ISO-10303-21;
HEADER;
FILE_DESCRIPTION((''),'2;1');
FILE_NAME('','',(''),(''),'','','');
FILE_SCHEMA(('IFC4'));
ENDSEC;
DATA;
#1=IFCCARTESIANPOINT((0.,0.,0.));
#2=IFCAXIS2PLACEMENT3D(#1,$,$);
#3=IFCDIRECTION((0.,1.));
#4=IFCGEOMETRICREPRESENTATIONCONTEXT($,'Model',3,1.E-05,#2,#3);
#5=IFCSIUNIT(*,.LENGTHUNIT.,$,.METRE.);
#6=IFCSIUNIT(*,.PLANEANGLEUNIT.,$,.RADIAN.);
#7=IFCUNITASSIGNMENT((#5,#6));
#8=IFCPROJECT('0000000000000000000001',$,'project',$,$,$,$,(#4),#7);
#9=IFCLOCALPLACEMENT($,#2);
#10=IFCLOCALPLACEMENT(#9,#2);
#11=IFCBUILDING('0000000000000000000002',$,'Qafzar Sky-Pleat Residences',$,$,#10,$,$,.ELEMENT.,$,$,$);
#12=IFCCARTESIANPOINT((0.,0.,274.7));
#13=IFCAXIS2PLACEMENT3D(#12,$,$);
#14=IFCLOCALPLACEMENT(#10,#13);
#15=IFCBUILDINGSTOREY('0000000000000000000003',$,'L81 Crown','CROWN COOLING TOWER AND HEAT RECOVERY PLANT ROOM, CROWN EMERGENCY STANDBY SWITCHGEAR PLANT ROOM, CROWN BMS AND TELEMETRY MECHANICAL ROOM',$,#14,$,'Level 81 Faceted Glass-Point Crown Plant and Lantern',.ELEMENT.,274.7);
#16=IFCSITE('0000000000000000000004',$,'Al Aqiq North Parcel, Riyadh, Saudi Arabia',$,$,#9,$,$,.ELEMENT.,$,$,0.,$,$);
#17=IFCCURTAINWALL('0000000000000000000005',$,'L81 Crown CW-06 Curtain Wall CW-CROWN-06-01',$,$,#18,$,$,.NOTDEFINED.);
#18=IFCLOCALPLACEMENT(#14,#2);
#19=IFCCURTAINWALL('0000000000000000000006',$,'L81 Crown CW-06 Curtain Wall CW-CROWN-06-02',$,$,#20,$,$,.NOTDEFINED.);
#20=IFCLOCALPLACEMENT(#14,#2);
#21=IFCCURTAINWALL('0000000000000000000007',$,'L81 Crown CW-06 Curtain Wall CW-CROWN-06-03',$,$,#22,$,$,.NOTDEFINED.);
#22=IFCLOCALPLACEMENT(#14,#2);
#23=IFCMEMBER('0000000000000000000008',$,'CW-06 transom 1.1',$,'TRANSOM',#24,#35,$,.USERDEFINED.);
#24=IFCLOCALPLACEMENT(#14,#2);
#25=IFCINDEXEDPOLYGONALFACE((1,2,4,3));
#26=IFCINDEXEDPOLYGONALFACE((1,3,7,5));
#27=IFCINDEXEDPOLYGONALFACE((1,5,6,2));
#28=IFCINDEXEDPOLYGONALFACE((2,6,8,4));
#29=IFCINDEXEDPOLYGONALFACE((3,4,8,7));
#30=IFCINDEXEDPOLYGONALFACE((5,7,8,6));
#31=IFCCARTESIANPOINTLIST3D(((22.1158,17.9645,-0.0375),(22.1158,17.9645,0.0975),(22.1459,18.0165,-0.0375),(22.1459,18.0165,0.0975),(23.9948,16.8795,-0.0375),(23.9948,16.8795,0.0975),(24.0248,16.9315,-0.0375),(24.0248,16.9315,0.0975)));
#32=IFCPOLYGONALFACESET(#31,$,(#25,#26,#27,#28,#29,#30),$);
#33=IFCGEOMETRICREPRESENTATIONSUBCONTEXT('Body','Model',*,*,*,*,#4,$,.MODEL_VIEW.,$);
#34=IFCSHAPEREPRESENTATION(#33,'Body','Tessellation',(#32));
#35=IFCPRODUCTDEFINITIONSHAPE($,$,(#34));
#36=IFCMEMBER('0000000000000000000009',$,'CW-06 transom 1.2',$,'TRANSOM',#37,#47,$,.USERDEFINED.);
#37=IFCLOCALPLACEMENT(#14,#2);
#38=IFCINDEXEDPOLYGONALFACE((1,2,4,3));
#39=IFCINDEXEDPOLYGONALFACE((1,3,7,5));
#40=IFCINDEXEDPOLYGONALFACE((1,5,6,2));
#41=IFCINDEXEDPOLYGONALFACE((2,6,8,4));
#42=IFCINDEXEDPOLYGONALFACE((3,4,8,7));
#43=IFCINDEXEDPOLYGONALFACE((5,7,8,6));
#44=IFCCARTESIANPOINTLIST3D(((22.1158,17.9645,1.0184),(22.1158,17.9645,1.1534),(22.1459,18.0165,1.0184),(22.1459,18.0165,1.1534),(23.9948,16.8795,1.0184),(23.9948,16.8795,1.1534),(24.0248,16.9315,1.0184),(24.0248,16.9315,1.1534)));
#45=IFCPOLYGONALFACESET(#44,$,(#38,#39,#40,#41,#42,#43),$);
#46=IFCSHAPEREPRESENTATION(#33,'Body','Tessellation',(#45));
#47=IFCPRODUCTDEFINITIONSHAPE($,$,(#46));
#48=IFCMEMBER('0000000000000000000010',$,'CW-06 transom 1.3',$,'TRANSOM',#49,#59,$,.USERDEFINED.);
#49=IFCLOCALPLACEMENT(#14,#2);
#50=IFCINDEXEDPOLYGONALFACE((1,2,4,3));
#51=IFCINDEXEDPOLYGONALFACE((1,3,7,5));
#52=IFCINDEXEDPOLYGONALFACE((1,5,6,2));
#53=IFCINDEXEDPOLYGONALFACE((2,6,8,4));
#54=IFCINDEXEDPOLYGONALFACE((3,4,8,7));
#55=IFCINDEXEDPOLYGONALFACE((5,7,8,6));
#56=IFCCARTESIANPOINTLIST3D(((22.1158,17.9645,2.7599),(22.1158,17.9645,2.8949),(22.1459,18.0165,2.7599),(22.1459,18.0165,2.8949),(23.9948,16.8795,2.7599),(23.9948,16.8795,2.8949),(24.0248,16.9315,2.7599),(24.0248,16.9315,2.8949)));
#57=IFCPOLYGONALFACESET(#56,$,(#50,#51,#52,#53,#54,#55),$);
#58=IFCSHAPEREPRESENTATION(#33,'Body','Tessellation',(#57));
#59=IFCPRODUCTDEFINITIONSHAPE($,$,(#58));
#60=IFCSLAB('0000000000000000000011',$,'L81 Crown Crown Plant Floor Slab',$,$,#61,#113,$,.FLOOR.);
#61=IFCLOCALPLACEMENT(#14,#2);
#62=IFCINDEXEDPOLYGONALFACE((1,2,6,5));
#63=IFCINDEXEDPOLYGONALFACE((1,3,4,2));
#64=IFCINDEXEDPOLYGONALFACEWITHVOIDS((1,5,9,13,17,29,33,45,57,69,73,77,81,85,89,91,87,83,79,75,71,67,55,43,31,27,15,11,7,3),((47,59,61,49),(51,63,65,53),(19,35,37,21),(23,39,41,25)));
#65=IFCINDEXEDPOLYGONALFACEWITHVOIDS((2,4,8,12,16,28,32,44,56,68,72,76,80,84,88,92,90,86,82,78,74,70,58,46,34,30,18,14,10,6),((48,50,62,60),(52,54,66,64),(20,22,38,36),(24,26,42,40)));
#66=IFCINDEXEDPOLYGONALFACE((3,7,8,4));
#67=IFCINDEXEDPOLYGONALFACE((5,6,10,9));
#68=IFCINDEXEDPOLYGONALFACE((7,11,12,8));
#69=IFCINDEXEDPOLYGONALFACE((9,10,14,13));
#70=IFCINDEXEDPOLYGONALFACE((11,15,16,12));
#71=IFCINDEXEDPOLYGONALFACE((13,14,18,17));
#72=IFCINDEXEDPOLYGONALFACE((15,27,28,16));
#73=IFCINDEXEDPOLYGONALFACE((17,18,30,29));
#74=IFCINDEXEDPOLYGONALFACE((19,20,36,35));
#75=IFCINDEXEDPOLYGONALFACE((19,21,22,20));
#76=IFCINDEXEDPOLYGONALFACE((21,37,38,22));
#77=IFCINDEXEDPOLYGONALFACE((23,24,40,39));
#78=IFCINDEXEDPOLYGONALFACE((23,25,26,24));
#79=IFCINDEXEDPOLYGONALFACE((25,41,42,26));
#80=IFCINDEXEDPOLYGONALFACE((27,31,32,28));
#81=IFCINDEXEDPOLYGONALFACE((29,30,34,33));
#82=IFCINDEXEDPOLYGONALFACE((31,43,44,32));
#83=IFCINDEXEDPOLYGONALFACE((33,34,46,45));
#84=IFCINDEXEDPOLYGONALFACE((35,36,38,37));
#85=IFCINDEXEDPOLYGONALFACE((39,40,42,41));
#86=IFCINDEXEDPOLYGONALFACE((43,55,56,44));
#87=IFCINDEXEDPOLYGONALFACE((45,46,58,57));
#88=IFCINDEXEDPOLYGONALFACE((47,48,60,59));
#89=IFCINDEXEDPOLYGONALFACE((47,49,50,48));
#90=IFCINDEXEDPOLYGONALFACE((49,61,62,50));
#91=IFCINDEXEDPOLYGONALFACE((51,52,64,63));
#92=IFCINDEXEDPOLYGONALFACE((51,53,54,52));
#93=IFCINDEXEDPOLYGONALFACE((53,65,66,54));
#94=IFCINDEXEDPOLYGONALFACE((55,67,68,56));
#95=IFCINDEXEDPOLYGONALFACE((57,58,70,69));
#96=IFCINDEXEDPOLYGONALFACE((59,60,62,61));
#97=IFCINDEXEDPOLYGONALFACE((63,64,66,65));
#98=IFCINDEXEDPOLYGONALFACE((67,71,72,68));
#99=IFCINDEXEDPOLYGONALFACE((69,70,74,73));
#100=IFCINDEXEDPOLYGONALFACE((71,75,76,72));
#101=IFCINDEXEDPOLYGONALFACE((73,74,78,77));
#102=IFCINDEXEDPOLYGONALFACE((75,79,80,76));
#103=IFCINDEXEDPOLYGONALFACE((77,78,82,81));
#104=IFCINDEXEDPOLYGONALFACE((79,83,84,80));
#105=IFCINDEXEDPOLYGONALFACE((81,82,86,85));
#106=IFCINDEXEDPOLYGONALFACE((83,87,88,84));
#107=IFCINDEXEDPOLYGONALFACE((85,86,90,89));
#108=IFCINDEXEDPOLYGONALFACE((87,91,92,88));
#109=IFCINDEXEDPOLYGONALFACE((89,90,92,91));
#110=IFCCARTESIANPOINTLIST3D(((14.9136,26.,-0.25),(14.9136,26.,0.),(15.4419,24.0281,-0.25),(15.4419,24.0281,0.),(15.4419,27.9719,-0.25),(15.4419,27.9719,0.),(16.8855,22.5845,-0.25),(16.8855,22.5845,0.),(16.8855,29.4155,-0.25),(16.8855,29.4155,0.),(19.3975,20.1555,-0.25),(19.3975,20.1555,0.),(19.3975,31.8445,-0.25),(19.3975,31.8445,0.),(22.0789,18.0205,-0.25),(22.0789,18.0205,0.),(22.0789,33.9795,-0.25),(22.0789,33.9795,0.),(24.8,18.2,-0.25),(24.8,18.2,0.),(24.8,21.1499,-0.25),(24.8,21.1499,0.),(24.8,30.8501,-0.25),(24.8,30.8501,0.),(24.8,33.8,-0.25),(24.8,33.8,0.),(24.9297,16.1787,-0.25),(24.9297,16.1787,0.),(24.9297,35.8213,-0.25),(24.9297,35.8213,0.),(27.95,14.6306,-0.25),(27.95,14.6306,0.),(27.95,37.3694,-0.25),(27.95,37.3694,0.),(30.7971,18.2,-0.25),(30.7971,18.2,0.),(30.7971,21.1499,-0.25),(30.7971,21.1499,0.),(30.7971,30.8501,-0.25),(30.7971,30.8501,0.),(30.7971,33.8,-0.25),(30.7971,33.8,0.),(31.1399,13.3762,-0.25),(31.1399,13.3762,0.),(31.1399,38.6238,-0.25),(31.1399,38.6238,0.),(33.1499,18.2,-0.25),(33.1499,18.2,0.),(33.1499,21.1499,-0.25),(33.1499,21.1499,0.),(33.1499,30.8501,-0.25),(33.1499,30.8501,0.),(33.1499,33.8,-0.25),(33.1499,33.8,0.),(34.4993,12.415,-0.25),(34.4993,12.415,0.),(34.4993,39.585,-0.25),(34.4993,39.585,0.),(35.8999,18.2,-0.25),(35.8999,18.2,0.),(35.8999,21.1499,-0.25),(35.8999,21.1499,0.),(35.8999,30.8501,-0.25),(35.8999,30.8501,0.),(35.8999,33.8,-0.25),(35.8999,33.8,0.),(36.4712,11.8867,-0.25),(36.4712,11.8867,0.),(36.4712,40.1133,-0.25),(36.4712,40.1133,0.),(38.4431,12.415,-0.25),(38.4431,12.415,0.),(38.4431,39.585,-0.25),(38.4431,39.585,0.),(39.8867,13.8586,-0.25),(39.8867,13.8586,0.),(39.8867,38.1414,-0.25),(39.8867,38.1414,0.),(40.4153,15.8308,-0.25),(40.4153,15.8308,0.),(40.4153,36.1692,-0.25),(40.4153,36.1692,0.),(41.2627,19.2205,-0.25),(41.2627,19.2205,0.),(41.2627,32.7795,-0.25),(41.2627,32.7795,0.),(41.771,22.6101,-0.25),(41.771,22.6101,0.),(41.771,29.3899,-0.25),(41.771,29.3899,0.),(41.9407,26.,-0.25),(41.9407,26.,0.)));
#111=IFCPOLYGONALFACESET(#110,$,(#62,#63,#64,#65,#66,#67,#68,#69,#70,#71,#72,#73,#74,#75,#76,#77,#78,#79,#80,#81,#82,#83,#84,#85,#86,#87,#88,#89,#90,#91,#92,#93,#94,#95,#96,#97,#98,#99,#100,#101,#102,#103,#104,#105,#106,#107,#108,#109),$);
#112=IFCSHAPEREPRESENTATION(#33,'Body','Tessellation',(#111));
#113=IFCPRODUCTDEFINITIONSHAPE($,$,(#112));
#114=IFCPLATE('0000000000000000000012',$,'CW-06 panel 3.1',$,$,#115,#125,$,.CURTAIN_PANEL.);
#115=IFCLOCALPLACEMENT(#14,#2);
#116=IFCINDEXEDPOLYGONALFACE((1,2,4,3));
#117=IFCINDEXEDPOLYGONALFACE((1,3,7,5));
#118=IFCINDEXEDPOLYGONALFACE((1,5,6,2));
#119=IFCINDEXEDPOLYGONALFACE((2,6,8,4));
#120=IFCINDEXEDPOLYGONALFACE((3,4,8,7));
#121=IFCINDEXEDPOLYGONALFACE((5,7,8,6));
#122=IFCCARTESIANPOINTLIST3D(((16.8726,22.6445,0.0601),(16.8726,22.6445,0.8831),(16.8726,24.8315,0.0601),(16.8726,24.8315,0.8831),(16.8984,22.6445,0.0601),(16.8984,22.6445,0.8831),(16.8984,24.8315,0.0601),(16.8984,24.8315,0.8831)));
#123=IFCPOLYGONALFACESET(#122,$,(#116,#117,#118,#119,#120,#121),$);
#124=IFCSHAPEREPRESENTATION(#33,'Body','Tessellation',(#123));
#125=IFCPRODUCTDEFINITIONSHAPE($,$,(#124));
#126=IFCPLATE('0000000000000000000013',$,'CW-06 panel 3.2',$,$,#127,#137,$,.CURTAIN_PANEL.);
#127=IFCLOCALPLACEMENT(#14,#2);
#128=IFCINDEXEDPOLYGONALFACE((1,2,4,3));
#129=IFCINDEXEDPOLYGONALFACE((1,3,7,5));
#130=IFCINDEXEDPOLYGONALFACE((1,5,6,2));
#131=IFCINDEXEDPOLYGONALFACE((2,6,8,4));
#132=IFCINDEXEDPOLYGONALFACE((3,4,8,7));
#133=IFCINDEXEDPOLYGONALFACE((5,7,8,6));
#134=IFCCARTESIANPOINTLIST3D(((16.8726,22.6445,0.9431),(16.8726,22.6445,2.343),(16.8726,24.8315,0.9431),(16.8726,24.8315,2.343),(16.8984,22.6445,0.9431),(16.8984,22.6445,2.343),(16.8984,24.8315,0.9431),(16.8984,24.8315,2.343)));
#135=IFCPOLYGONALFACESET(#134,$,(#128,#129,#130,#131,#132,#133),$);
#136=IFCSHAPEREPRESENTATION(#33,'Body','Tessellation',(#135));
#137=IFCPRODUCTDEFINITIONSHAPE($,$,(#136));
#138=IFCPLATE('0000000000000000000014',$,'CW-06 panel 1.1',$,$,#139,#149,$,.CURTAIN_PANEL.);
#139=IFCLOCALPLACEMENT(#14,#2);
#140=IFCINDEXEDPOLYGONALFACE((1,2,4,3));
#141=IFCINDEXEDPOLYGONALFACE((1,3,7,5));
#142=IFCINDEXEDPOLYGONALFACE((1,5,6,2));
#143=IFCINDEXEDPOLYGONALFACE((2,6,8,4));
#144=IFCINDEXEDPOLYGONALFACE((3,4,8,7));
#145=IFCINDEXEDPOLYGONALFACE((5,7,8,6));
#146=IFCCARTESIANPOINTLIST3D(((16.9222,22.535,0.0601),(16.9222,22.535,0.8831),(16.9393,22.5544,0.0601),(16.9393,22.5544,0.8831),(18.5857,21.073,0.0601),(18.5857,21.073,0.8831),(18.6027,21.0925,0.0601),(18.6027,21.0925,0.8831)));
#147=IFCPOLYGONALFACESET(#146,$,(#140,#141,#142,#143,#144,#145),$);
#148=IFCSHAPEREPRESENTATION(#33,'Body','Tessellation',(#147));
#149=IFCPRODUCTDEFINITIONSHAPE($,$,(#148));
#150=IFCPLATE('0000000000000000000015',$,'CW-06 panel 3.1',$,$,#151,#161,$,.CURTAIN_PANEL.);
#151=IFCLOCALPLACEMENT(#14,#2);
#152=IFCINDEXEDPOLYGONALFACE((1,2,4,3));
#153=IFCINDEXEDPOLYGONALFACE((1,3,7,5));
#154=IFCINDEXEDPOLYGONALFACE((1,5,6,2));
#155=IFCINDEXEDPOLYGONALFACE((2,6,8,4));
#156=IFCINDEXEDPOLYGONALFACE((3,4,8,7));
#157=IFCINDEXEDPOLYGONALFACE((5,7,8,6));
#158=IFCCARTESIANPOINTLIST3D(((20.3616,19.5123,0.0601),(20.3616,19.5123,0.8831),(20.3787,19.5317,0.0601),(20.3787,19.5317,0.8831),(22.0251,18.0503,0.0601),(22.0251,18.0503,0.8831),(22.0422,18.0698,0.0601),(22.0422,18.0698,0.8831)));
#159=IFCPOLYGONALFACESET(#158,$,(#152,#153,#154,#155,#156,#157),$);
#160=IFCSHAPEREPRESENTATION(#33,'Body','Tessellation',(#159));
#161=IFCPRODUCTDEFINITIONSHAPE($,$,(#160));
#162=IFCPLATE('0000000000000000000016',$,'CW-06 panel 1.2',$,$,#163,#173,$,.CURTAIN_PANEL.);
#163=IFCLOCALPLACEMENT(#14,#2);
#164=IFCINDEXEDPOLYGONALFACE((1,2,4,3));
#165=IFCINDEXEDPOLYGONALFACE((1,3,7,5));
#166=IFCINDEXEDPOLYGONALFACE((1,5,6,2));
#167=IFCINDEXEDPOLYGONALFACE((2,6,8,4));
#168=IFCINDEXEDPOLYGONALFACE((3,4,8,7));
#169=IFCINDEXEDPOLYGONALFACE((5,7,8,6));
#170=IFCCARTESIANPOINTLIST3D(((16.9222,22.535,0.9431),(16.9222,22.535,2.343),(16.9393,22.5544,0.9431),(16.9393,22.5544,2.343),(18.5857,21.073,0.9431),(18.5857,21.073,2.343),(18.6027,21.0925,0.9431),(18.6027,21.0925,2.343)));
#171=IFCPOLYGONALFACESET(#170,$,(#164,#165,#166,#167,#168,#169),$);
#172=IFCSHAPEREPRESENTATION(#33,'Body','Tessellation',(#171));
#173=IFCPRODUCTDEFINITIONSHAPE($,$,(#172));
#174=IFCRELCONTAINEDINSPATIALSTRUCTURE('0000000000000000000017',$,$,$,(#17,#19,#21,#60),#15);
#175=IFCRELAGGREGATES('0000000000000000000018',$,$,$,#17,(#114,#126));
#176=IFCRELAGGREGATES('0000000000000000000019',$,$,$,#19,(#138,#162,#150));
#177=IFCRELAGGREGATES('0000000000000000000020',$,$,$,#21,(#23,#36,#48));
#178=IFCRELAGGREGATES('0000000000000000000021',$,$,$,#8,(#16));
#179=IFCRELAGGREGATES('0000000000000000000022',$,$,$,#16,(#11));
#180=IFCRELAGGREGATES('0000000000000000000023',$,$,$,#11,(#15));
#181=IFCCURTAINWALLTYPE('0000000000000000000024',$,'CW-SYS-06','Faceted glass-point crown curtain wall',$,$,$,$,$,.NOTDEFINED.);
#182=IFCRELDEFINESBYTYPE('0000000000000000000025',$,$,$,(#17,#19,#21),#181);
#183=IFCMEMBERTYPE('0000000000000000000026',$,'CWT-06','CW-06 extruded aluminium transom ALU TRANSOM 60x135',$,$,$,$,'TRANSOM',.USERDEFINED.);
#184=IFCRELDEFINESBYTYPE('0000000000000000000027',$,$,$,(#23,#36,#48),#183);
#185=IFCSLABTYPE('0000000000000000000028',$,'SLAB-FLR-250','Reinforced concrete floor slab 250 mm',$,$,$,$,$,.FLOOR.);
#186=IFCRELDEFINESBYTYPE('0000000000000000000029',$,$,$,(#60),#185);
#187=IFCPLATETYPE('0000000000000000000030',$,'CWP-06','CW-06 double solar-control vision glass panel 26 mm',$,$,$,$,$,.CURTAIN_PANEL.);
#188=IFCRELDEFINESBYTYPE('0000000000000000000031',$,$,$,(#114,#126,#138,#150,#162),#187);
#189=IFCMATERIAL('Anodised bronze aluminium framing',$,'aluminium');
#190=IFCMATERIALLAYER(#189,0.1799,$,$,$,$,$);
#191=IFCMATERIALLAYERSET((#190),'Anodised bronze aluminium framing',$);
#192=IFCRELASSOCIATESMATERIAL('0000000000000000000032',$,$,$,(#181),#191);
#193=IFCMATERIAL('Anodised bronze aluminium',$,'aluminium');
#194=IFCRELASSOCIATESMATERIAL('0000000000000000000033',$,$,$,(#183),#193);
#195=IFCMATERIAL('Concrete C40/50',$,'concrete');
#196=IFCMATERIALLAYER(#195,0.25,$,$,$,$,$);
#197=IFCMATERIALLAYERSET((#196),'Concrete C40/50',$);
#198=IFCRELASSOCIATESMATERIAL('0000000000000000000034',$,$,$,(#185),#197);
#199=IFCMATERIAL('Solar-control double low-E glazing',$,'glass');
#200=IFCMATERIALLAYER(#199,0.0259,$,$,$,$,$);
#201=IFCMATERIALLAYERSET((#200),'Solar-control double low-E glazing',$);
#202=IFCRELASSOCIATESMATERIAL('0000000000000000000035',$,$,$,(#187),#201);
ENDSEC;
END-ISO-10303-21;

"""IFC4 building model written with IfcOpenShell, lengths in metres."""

from ifc_helpers import new_model, si_unit, direction, frame, origin, origin_2d, place, context, subcontext, project, spatial, polyline, rectangle, outline, extrude, source, transform, mapped, material, layer, layer_set, material_profile, profile_set, type_object, element, aggregate, save


model = new_model("IFC4")

# Units and contexts
model_context = context("Model", 3, precision=1e-05, world=origin(), true_north=direction((0.0, 1.0)))
body_context = subcontext(model_context, "Body", "Model", "MODEL_VIEW")
ifc_project = project(units=[si_unit("LENGTHUNIT", "METRE"), si_unit("PLANEANGLEUNIT", "RADIAN")], contexts=[model_context])

# Site, building, storey
site_placement = place(None, origin())
site = spatial("IfcSite", under=ifc_project, at=site_placement, Name="Al Aqiq North Parcel, Riyadh, Saudi Arabia", CompositionType="ELEMENT", RefElevation=0.0)
building_placement = place(site_placement, origin())
building = spatial("IfcBuilding", under=site, at=building_placement, Name="Qafzar Sky-Pleat Residences", CompositionType="ELEMENT")
storey_placement = place(building_placement, frame((0.0, 0.0, 274.7)))
storey = spatial("IfcBuildingStorey", under=building, at=storey_placement, Name="L81 Crown", Description="CROWN COOLING TOWER AND HEAT RECOVERY PLANT ROOM, CROWN EMERGENCY STANDBY SWITCHGEAR PLANT ROOM, CROWN BMS AND TELEMETRY MECHANICAL ROOM", LongName="Level 81 Faceted Glass-Point Crown Plant and Lantern", CompositionType="ELEMENT", Elevation=274.7)

# Curtain walls
ifc_material_1 = material(Name="Anodised bronze aluminium framing", Category="aluminium")
ifc_layer_1 = layer(ifc_material_1, 0.1799)
ifc_layer_set_1 = layer_set([ifc_layer_1], Name="Anodised bronze aluminium framing")
curtain_wall_type = type_object("IfcCurtainWallType", Name="CW-SYS-06", Description="Faceted glass-point crown curtain wall", PredefinedType="NOTDEFINED", material=ifc_layer_set_1)
curtain_wall_1_placement = place(storey_placement, origin())
curtain_wall_1 = element("IfcCurtainWall", 1, at=curtain_wall_1_placement, inside=storey, type_object=curtain_wall_type, Name="L81 Crown CW-06 Curtain Wall CW-CROWN-06-01", PredefinedType="NOTDEFINED")
ifc_material_2 = material(Name="Anodised bronze aluminium", Category="aluminium")
curtain_wall_2_placement = place(storey_placement, origin())
curtain_wall_2 = element("IfcCurtainWall", 2, at=curtain_wall_2_placement, inside=storey, type_object=curtain_wall_type, Name="L81 Crown CW-06 Curtain Wall CW-CROWN-06-02", PredefinedType="NOTDEFINED")

# Shared definitions
ifc_material_profile_1 = material_profile(ifc_material_2, rectangle(XDim=0.0601, YDim=0.135, at=origin_2d()), Name="ALU TRANSOM 60x135")
ifc_profile_set_1 = profile_set([ifc_material_profile_1], Name="Anodised bronze aluminium")
member_type_1 = type_object("IfcMemberType", Name="CWT-06", Description="CW-06 extruded aluminium transom ALU TRANSOM 60x135", ElementType="TRANSOM", PredefinedType="USERDEFINED", material=ifc_profile_set_1)

# Curtain wall, members
curtain_wall_3_placement = place(storey_placement, origin())
curtain_wall_3 = element("IfcCurtainWall", 3, at=curtain_wall_3_placement, inside=storey, type_object=curtain_wall_type, Name="L81 Crown CW-06 Curtain Wall CW-CROWN-06-03", PredefinedType="NOTDEFINED")
shared_shape_1 = source(origin(), body_context, "Body", "SweptSolid", [
    extrude(rectangle(XDim=0.0601, YDim=0.135, at=origin_2d()), origin(), (0.0, 0.0, 1.0), 2.1697),
])
member_1_placement = place(storey_placement, frame((22.1309, 17.9905, 0.03), z_axis=(0.865991, -0.50006, 0.0), x_axis=(0.50006, 0.865991, 0.0)))
member_1 = element("IfcMember", 4, at=member_1_placement, type_object=member_type_1, Name="CW-06 transom 1.1", ObjectType="TRANSOM", PredefinedType="USERDEFINED", context=body_context, shape_type="MappedRepresentation", body=[
    mapped(shared_shape_1, transform((0.0, 0.0, 0.0), x_axis=(1.0, 0.0, 0.0), y_axis=(0.0, 1.0, 0.0), z_axis=(0.0, 0.0, 1.0), scale=1.0)),
])
member_2_placement = place(storey_placement, frame((22.1309, 17.9905, 1.0859), z_axis=(0.865991, -0.50006, 0.0), x_axis=(0.50006, 0.865991, 0.0)))
member_2 = element("IfcMember", 5, at=member_2_placement, type_object=member_type_1, Name="CW-06 transom 1.2", ObjectType="TRANSOM", PredefinedType="USERDEFINED", context=body_context, shape_type="MappedRepresentation", body=[
    mapped(shared_shape_1, transform((0.0, 0.0, 0.0), x_axis=(1.0, 0.0, 0.0), y_axis=(0.0, 1.0, 0.0), z_axis=(0.0, 0.0, 1.0), scale=1.0)),
])
member_3_placement = place(storey_placement, frame((22.1309, 17.9905, 2.8274), z_axis=(0.865991, -0.50006, 0.0), x_axis=(0.50006, 0.865991, 0.0)))
member_3 = element("IfcMember", 6, at=member_3_placement, type_object=member_type_1, Name="CW-06 transom 1.3", ObjectType="TRANSOM", PredefinedType="USERDEFINED", context=body_context, shape_type="MappedRepresentation", body=[
    mapped(shared_shape_1, transform((0.0, 0.0, 0.0), x_axis=(1.0, 0.0, 0.0), y_axis=(0.0, 1.0, 0.0), z_axis=(0.0, 0.0, 1.0), scale=1.0)),
])

# Slab
ifc_material_3 = material(Name="Concrete C40/50", Category="concrete")
ifc_layer_2 = layer(ifc_material_3, 0.25)
ifc_layer_set_2 = layer_set([ifc_layer_2], Name="Concrete C40/50")
slab_type = type_object("IfcSlabType", Name="SLAB-FLR-250", Description="Reinforced concrete floor slab 250 mm", PredefinedType="FLOOR", material=ifc_layer_set_2)
slab_placement = place(storey_placement, frame((0.0, 0.0, -0.25)))
element("IfcSlab", 7, at=slab_placement, inside=storey, type_object=slab_type, Name="L81 Crown Crown Plant Floor Slab", PredefinedType="FLOOR", context=body_context, shape_type="SweptSolid", body=[
    extrude(outline(polyline([(16.8855, 29.4155), (15.4419, 27.9719), (14.9136, 26.0), (15.4419, 24.0281), (16.8855, 22.5845), (19.3975, 20.1555), (22.0789, 18.0205), (24.9297, 16.1787), (27.95, 14.6306), (31.1399, 13.3762), (34.4993, 12.415), (36.4712, 11.8867), (38.4431, 12.415), (39.8867, 13.8586), (40.4153, 15.8308), (41.2627, 19.2205), (41.771, 22.6101), (41.9407, 26.0), (41.771, 29.3899), (41.2627, 32.7795), (40.4153, 36.1692), (39.8867, 38.1414), (38.4431, 39.585), (36.4712, 40.1133), (34.4993, 39.585), (31.1399, 38.6238), (27.95, 37.3694), (24.9297, 35.8213), (22.0789, 33.9795), (19.3975, 31.8445), (16.8855, 29.4155)]), holes=[polyline([(30.7971, 21.1499), (24.8, 21.1499), (24.8, 18.2), (30.7971, 18.2), (30.7971, 21.1499)]), polyline([(30.7971, 33.8), (24.8, 33.8), (24.8, 30.8501), (30.7971, 30.8501), (30.7971, 33.8)]), polyline([(33.1499, 18.2), (35.8999, 18.2), (35.8999, 21.1499), (33.1499, 21.1499), (33.1499, 18.2)]), polyline([(33.1499, 30.8501), (35.8999, 30.8501), (35.8999, 33.8), (33.1499, 33.8), (33.1499, 30.8501)])]), origin(), (0.0, 0.0, 1.0), 0.25),
])

# Plates
ifc_material_4 = material(Name="Solar-control double low-E glazing", Category="glass")
ifc_layer_3 = layer(ifc_material_4, 0.0259)
ifc_layer_set_3 = layer_set([ifc_layer_3], Name="Solar-control double low-E glazing")
plate_type = type_object("IfcPlateType", Name="CWP-06", Description="CW-06 double solar-control vision glass panel 26 mm", PredefinedType="CURTAIN_PANEL", material=ifc_layer_set_3)
shared_shape_2 = source(origin(), body_context, "Body", "SweptSolid", [
    extrude(rectangle(XDim=2.187, YDim=0.0259, at=origin_2d()), origin(), (0.0, 0.0, 1.0), 0.823),
])
plate_1_placement = place(storey_placement, frame((16.8855, 23.738, 0.0601), z_axis=(0.0, 0.0, 1.0), x_axis=(0.0, -1.0, 0.0)))
plate_1 = element("IfcPlate", 8, at=plate_1_placement, type_object=plate_type, Name="CW-06 panel 3.1", PredefinedType="CURTAIN_PANEL", context=body_context, shape_type="MappedRepresentation", body=[
    mapped(shared_shape_2, transform((0.0, 0.0, 0.0), x_axis=(1.0, 0.0, 0.0), y_axis=(0.0, 1.0, 0.0), z_axis=(0.0, 0.0, 1.0), scale=1.0)),
])
shared_shape_3 = source(origin(), body_context, "Body", "SweptSolid", [
    extrude(rectangle(XDim=2.187, YDim=0.0259, at=origin_2d()), origin(), (0.0, 0.0, 1.0), 1.3999),
])
plate_2_placement = place(storey_placement, frame((16.8855, 23.738, 0.9431), z_axis=(0.0, 0.0, 1.0), x_axis=(0.0, -1.0, 0.0)))
plate_2 = element("IfcPlate", 9, at=plate_2_placement, type_object=plate_type, Name="CW-06 panel 3.2", PredefinedType="CURTAIN_PANEL", context=body_context, shape_type="MappedRepresentation", body=[
    mapped(shared_shape_3, transform((0.0, 0.0, 0.0), x_axis=(1.0, 0.0, 0.0), y_axis=(0.0, 1.0, 0.0), z_axis=(0.0, 0.0, 1.0), scale=1.0)),
])
aggregate(curtain_wall_1, [plate_1, plate_2])
shared_shape_4 = source(origin(), body_context, "Body", "SweptSolid", [
    extrude(rectangle(XDim=2.2146, YDim=0.0259, at=origin_2d()), origin(), (0.0, 0.0, 1.0), 0.823),
])
plate_3_placement = place(storey_placement, frame((17.7625, 21.8137, 0.0601), z_axis=(0.0, 0.0, 1.0), x_axis=(0.751145, -0.660137, 0.0)))
plate_3 = element("IfcPlate", 10, at=plate_3_placement, type_object=plate_type, Name="CW-06 panel 1.1", PredefinedType="CURTAIN_PANEL", context=body_context, shape_type="MappedRepresentation", body=[
    mapped(shared_shape_4, transform((0.0, 0.0, 0.0), x_axis=(1.0, 0.0, 0.0), y_axis=(0.0, 1.0, 0.0), z_axis=(0.0, 0.0, 1.0), scale=1.0)),
])
plate_4_placement = place(storey_placement, frame((21.2019, 18.791, 0.0601), z_axis=(0.0, 0.0, 1.0), x_axis=(0.751145, -0.660137, 0.0)))
plate_4 = element("IfcPlate", 11, at=plate_4_placement, type_object=plate_type, Name="CW-06 panel 3.1", PredefinedType="CURTAIN_PANEL", context=body_context, shape_type="MappedRepresentation", body=[
    mapped(shared_shape_4, transform((0.0, 0.0, 0.0), x_axis=(1.0, 0.0, 0.0), y_axis=(0.0, 1.0, 0.0), z_axis=(0.0, 0.0, 1.0), scale=1.0)),
])
shared_shape_5 = source(origin(), body_context, "Body", "SweptSolid", [
    extrude(rectangle(XDim=2.2146, YDim=0.0259, at=origin_2d()), origin(), (0.0, 0.0, 1.0), 1.3999),
])
plate_5_placement = place(storey_placement, frame((17.7625, 21.8137, 0.9431), z_axis=(0.0, 0.0, 1.0), x_axis=(0.751145, -0.660137, 0.0)))
plate_5 = element("IfcPlate", 12, at=plate_5_placement, type_object=plate_type, Name="CW-06 panel 1.2", PredefinedType="CURTAIN_PANEL", context=body_context, shape_type="MappedRepresentation", body=[
    mapped(shared_shape_5, transform((0.0, 0.0, 0.0), x_axis=(1.0, 0.0, 0.0), y_axis=(0.0, 1.0, 0.0), z_axis=(0.0, 0.0, 1.0), scale=1.0)),
])
aggregate(curtain_wall_2, [plate_3, plate_5, plate_4])
aggregate(curtain_wall_3, [member_1, member_2, member_3])

save(model, "model.ifc")
